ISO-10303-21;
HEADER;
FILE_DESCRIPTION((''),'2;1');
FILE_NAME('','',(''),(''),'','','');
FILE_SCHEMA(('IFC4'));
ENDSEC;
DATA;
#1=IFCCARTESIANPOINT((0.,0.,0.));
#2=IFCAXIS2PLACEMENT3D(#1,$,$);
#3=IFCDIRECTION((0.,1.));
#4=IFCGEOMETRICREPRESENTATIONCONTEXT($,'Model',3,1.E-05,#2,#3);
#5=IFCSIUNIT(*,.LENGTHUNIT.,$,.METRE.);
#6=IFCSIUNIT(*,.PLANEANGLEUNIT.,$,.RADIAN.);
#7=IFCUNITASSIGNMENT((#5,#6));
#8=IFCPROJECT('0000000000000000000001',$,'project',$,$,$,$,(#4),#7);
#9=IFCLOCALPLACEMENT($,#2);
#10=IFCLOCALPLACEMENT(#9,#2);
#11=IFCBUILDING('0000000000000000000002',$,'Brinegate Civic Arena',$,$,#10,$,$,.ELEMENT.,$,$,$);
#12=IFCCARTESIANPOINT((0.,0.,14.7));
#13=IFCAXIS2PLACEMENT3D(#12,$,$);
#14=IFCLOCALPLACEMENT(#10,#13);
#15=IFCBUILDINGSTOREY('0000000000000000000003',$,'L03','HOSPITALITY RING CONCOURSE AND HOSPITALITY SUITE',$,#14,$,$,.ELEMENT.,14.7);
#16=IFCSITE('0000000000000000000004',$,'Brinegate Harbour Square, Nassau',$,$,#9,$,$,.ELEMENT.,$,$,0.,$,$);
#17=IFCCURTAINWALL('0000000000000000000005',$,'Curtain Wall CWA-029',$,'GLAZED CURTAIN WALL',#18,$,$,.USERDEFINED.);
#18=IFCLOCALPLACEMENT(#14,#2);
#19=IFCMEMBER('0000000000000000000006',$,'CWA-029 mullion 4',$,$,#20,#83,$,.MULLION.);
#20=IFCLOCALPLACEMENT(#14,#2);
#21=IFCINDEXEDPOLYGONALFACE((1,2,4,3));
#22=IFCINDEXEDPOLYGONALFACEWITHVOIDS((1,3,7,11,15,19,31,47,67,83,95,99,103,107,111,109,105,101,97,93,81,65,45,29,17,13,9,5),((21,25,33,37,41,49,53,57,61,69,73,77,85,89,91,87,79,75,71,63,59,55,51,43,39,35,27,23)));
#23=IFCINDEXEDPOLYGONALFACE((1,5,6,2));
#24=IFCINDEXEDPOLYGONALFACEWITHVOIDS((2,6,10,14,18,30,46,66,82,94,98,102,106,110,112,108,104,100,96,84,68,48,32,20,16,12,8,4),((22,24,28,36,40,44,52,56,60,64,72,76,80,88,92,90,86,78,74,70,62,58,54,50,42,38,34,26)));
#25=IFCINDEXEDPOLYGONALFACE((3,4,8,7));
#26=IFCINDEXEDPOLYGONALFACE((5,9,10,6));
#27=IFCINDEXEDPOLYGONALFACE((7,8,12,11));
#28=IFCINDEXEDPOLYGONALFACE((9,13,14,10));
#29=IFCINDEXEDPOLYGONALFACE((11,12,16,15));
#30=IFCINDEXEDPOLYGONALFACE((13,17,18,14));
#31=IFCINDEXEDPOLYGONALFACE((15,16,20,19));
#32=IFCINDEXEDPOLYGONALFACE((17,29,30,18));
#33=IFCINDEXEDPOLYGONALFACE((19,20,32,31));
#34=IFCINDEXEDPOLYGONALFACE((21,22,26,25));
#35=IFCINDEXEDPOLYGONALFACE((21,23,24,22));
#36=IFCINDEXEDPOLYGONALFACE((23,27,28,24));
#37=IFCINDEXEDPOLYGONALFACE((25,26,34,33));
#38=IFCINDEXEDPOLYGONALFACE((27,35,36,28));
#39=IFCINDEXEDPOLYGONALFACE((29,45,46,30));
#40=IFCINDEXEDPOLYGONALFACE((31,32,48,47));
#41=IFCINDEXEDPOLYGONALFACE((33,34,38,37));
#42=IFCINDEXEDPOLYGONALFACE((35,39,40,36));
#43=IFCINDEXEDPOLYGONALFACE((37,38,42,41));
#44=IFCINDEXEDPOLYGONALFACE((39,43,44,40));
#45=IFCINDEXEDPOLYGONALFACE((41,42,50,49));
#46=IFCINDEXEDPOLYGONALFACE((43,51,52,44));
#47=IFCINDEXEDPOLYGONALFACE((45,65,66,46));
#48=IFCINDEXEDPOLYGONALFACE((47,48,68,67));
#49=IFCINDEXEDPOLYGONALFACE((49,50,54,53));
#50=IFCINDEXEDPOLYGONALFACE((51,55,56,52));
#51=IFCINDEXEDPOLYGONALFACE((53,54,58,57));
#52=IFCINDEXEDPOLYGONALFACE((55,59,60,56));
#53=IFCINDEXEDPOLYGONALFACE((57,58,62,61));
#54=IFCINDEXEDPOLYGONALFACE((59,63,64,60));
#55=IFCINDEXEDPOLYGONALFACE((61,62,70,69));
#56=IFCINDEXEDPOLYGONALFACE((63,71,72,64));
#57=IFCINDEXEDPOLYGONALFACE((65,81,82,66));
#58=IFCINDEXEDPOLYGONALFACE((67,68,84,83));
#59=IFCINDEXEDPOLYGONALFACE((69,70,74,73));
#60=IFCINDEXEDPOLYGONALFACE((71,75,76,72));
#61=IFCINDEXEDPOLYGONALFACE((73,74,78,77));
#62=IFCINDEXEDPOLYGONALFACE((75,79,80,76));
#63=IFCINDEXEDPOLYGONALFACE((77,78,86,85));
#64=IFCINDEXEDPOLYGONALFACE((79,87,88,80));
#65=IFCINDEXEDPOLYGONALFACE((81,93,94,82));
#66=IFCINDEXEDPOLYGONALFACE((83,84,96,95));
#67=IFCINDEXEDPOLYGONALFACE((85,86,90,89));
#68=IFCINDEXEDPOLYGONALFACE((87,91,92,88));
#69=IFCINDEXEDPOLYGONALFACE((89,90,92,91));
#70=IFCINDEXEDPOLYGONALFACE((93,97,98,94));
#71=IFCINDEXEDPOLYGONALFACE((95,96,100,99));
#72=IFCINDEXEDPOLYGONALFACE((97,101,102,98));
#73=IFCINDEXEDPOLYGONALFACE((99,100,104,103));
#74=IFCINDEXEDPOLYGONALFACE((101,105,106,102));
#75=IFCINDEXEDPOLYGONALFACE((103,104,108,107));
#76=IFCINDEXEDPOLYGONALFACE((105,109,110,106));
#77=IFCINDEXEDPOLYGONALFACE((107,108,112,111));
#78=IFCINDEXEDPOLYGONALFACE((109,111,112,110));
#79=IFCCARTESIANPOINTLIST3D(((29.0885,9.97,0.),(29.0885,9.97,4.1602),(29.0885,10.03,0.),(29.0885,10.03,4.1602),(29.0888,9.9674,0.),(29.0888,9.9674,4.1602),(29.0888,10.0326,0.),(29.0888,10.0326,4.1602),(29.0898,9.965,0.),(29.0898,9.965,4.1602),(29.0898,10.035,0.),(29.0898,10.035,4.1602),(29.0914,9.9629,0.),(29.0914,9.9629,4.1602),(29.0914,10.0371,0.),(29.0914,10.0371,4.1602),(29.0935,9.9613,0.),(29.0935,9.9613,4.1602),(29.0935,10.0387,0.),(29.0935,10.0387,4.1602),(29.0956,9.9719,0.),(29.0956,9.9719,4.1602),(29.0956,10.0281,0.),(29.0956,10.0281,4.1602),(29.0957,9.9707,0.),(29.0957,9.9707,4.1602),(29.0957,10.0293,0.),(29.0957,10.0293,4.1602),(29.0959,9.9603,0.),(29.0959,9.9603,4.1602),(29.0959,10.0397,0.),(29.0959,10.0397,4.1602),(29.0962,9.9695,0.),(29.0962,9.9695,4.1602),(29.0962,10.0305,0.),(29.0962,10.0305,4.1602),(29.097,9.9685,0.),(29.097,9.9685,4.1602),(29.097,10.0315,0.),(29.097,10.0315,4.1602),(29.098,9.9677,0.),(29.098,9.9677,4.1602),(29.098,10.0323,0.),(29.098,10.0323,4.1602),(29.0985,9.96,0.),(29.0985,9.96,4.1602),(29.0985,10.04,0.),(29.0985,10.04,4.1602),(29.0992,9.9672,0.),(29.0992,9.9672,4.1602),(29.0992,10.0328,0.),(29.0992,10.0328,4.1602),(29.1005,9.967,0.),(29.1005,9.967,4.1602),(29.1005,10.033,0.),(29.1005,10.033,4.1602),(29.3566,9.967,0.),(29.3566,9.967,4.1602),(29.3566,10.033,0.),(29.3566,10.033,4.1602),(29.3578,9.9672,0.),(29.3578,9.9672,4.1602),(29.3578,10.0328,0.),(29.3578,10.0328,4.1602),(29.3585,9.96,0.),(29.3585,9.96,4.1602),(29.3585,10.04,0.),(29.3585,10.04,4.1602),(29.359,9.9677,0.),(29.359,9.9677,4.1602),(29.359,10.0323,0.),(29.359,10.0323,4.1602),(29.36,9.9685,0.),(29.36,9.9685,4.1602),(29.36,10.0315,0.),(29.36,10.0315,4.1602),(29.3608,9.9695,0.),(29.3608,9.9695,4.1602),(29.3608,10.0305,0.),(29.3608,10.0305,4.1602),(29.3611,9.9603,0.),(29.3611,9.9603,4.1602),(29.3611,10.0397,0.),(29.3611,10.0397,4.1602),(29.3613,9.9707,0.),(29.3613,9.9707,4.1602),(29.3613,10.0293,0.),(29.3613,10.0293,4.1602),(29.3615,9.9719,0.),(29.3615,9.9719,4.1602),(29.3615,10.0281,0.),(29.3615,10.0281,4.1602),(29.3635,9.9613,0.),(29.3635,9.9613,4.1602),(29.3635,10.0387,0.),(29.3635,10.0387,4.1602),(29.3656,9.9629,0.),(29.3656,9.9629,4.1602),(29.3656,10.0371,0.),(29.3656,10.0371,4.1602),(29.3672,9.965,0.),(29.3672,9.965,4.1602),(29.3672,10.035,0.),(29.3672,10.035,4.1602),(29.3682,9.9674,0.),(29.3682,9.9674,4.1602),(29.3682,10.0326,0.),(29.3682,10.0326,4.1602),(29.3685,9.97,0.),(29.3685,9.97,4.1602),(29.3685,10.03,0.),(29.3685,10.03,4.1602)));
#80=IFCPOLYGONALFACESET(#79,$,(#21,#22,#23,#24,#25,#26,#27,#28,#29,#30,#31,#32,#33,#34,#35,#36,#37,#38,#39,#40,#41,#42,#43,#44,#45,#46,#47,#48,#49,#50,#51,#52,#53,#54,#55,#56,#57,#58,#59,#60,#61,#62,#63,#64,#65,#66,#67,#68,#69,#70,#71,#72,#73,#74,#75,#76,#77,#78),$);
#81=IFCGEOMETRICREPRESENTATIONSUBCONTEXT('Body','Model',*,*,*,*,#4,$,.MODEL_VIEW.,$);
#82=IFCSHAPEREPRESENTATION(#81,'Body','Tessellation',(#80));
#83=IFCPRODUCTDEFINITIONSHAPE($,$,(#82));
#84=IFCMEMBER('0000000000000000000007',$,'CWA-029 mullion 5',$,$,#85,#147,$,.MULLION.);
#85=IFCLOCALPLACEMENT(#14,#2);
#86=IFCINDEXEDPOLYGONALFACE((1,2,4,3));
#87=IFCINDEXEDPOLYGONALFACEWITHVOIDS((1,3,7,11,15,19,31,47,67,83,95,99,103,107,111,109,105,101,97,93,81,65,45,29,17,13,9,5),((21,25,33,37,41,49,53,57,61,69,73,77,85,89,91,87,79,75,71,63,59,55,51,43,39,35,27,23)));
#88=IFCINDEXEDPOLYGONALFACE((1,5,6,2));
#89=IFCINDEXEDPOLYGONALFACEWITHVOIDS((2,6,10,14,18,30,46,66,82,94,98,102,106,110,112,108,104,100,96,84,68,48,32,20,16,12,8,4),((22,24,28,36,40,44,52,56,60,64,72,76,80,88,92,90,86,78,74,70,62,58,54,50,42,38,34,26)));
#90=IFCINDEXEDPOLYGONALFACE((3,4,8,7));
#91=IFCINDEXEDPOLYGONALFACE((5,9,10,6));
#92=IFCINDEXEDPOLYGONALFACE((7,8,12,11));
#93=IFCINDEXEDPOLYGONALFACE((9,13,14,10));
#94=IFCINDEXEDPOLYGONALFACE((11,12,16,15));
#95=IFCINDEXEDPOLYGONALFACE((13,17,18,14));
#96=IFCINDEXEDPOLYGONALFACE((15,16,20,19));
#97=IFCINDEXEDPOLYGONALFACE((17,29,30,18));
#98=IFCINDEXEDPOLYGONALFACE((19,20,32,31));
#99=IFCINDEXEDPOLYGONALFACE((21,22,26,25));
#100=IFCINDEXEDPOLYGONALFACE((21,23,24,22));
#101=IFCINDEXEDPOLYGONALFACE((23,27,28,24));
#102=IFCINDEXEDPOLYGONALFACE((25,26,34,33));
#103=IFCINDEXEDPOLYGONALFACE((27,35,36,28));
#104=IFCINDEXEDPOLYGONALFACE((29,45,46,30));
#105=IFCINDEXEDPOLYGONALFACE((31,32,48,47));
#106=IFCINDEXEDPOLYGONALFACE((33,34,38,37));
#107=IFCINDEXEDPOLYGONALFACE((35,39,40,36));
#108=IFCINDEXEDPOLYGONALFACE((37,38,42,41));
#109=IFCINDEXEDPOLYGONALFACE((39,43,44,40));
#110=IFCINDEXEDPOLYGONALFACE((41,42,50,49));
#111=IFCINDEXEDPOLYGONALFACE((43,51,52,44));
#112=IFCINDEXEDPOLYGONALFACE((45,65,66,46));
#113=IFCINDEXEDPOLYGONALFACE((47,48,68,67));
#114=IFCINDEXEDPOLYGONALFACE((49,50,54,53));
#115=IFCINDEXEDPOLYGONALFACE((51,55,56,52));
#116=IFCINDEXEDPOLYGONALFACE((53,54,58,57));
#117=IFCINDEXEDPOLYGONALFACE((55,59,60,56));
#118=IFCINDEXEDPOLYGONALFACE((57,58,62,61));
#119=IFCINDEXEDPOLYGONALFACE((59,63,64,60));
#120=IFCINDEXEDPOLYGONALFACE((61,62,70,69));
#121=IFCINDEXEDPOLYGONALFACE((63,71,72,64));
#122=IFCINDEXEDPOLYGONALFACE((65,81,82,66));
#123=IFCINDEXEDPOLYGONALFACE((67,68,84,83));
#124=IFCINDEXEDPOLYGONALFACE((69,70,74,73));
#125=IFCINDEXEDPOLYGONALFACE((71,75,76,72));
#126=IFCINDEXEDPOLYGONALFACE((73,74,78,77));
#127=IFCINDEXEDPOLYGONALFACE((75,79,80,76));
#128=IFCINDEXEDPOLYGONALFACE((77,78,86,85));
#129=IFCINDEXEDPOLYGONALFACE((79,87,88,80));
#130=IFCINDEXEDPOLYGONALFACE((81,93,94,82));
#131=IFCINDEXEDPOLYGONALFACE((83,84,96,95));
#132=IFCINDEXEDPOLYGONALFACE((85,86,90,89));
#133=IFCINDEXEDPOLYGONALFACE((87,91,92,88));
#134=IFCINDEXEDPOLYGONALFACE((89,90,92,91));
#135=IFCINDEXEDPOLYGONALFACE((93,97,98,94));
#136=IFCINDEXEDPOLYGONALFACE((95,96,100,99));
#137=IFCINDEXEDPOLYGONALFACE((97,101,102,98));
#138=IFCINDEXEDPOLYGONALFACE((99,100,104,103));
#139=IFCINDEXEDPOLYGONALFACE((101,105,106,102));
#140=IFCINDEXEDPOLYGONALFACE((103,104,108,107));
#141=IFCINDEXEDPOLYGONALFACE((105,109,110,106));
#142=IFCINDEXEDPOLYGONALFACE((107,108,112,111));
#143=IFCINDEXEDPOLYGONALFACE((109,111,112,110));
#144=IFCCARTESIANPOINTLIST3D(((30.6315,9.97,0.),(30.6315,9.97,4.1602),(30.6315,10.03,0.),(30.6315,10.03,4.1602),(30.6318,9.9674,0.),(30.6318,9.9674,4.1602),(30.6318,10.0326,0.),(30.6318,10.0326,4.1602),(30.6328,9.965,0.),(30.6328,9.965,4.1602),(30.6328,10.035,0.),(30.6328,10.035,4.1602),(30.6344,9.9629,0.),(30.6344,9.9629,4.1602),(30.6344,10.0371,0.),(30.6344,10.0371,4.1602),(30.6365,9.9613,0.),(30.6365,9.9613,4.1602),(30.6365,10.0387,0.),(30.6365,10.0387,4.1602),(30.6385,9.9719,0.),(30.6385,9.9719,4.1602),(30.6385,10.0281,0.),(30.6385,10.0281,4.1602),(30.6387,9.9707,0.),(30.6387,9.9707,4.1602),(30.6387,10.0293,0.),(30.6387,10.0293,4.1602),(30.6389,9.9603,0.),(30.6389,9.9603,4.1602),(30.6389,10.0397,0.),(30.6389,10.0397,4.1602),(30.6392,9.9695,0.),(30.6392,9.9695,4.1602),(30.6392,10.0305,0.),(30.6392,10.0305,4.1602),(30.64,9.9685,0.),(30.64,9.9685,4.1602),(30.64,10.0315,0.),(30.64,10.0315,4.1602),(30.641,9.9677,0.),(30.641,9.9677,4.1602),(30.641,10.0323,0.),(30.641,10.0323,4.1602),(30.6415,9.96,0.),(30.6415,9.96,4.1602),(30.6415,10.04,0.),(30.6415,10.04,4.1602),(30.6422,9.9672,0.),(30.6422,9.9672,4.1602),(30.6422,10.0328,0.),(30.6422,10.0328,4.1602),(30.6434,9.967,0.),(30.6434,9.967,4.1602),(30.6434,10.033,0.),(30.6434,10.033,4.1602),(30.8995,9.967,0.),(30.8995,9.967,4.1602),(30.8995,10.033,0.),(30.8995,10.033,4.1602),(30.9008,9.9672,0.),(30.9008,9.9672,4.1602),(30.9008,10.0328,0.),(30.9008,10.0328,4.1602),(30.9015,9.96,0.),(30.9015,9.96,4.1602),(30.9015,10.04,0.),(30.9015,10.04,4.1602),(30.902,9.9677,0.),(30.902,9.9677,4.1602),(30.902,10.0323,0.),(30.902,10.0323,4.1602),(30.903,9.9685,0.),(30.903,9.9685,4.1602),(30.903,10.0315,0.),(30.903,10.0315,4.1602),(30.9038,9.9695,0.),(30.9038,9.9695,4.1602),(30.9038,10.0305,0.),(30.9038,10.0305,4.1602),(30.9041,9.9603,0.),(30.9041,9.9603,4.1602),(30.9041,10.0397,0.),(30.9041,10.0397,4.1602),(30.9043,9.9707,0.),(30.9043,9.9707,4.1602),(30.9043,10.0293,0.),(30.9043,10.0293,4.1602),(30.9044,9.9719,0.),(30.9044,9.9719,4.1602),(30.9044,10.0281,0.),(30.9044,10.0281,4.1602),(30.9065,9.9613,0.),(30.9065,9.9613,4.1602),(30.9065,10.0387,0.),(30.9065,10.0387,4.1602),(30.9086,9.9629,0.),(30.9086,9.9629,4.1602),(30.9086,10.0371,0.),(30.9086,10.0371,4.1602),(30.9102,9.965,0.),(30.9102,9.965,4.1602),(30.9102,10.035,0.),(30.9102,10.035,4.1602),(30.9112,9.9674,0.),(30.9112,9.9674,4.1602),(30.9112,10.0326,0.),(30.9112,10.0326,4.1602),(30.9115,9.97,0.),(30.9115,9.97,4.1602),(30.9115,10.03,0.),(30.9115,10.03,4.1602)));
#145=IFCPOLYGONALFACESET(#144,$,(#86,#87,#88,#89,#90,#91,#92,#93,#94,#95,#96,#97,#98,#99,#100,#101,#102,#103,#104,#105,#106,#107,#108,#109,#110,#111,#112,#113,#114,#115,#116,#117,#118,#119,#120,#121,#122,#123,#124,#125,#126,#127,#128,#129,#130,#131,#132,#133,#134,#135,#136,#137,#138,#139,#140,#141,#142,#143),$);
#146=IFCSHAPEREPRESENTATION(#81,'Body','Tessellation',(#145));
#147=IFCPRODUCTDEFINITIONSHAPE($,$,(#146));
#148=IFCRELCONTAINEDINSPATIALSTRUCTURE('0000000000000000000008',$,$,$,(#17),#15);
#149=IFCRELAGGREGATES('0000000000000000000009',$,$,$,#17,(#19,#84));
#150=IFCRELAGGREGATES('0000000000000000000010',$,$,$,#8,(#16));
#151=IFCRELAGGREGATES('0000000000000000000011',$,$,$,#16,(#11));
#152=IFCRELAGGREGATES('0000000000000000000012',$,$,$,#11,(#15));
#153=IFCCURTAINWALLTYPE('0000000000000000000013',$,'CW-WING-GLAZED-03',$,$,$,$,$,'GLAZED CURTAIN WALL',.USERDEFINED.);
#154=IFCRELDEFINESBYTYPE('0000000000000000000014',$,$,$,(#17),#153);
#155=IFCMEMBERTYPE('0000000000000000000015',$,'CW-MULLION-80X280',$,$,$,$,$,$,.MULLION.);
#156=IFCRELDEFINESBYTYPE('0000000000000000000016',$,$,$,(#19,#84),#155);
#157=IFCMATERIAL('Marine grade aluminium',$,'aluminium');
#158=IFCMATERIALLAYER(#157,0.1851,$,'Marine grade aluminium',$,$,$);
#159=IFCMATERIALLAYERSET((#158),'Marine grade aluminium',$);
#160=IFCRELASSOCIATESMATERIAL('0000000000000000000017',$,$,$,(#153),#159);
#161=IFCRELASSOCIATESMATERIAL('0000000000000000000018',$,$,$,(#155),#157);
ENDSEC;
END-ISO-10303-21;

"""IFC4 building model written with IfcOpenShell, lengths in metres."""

from ifc_helpers import new_model, si_unit, direction, frame, origin, origin_2d, place, context, subcontext, project, spatial, hollow_rectangle, extrude, material, layer, layer_set, material_profile, profile_set, type_object, element, aggregate, save


model = new_model("IFC4")

# Units and contexts
model_context = context("Model", 3, precision=1e-05, world=origin(), true_north=direction((0.0, 1.0)))
body_context = subcontext(model_context, "Body", "Model", "MODEL_VIEW")
ifc_project = project(units=[si_unit("LENGTHUNIT", "METRE"), si_unit("PLANEANGLEUNIT", "RADIAN")], contexts=[model_context])

# Site, building, storey
site_placement = place(None, origin())
site = spatial("IfcSite", under=ifc_project, at=site_placement, Name="Brinegate Harbour Square, Nassau", CompositionType="ELEMENT", RefElevation=0.0)
building_placement = place(site_placement, origin())
building = spatial("IfcBuilding", under=site, at=building_placement, Name="Brinegate Civic Arena", CompositionType="ELEMENT")
storey_placement = place(building_placement, frame((0.0, 0.0, 14.7)))
storey = spatial("IfcBuildingStorey", under=building, at=storey_placement, Name="L03", Description="HOSPITALITY RING CONCOURSE AND HOSPITALITY SUITE", CompositionType="ELEMENT", Elevation=14.7)

# Curtain wall, members
ifc_material_1 = material(Name="Marine grade aluminium", Category="aluminium")
ifc_layer_1 = layer(ifc_material_1, 0.1851, Name="Marine grade aluminium")
ifc_layer_set_1 = layer_set([ifc_layer_1], Name="Marine grade aluminium")
curtain_wall_type = type_object("IfcCurtainWallType", Name="CW-WING-GLAZED-03", ElementType="GLAZED CURTAIN WALL", PredefinedType="USERDEFINED", material=ifc_layer_set_1)
curtain_wall_placement = place(storey_placement, origin())
curtain_wall = element("IfcCurtainWall", 1, at=curtain_wall_placement, inside=storey, type_object=curtain_wall_type, Name="Curtain Wall CWA-029", ObjectType="GLAZED CURTAIN WALL", PredefinedType="USERDEFINED")
ifc_material_profile_1 = material_profile(ifc_material_1, hollow_rectangle(XDim=0.0801, YDim=0.28, WallThickness=0.0071, InnerFilletRadius=0.0049, OuterFilletRadius=0.01, at=origin_2d()), Name="MUL80X280")
ifc_profile_set_1 = profile_set([ifc_material_profile_1], Name="Marine grade aluminium")
member_type_1 = type_object("IfcMemberType", Name="CW-MULLION-80X280", PredefinedType="MULLION", material=ifc_profile_set_1)
member_1_placement = place(storey_placement, frame((29.2285, 10.0, 0.0), z_axis=(0.0, 0.0, 1.0), x_axis=(0.0, 1.0, 0.0)))
member_1 = element("IfcMember", 2, at=member_1_placement, type_object=member_type_1, Name="CWA-029 mullion 4", PredefinedType="MULLION", context=body_context, shape_type="SweptSolid", body=[
    extrude(hollow_rectangle(XDim=0.0801, YDim=0.28, WallThickness=0.0071, InnerFilletRadius=0.0049, OuterFilletRadius=0.01, at=origin_2d()), origin(), (0.0, 0.0, 1.0), 4.1602),
])
member_2_placement = place(storey_placement, frame((30.7715, 10.0, 0.0), z_axis=(0.0, 0.0, 1.0), x_axis=(0.0, 1.0, 0.0)))
member_2 = element("IfcMember", 3, at=member_2_placement, type_object=member_type_1, Name="CWA-029 mullion 5", PredefinedType="MULLION", context=body_context, shape_type="SweptSolid", body=[
    extrude(hollow_rectangle(XDim=0.0801, YDim=0.28, WallThickness=0.0071, InnerFilletRadius=0.0049, OuterFilletRadius=0.01, at=origin_2d()), origin(), (0.0, 0.0, 1.0), 4.1602),
])
aggregate(curtain_wall, [member_1, member_2])

save(model, "model.ifc")
